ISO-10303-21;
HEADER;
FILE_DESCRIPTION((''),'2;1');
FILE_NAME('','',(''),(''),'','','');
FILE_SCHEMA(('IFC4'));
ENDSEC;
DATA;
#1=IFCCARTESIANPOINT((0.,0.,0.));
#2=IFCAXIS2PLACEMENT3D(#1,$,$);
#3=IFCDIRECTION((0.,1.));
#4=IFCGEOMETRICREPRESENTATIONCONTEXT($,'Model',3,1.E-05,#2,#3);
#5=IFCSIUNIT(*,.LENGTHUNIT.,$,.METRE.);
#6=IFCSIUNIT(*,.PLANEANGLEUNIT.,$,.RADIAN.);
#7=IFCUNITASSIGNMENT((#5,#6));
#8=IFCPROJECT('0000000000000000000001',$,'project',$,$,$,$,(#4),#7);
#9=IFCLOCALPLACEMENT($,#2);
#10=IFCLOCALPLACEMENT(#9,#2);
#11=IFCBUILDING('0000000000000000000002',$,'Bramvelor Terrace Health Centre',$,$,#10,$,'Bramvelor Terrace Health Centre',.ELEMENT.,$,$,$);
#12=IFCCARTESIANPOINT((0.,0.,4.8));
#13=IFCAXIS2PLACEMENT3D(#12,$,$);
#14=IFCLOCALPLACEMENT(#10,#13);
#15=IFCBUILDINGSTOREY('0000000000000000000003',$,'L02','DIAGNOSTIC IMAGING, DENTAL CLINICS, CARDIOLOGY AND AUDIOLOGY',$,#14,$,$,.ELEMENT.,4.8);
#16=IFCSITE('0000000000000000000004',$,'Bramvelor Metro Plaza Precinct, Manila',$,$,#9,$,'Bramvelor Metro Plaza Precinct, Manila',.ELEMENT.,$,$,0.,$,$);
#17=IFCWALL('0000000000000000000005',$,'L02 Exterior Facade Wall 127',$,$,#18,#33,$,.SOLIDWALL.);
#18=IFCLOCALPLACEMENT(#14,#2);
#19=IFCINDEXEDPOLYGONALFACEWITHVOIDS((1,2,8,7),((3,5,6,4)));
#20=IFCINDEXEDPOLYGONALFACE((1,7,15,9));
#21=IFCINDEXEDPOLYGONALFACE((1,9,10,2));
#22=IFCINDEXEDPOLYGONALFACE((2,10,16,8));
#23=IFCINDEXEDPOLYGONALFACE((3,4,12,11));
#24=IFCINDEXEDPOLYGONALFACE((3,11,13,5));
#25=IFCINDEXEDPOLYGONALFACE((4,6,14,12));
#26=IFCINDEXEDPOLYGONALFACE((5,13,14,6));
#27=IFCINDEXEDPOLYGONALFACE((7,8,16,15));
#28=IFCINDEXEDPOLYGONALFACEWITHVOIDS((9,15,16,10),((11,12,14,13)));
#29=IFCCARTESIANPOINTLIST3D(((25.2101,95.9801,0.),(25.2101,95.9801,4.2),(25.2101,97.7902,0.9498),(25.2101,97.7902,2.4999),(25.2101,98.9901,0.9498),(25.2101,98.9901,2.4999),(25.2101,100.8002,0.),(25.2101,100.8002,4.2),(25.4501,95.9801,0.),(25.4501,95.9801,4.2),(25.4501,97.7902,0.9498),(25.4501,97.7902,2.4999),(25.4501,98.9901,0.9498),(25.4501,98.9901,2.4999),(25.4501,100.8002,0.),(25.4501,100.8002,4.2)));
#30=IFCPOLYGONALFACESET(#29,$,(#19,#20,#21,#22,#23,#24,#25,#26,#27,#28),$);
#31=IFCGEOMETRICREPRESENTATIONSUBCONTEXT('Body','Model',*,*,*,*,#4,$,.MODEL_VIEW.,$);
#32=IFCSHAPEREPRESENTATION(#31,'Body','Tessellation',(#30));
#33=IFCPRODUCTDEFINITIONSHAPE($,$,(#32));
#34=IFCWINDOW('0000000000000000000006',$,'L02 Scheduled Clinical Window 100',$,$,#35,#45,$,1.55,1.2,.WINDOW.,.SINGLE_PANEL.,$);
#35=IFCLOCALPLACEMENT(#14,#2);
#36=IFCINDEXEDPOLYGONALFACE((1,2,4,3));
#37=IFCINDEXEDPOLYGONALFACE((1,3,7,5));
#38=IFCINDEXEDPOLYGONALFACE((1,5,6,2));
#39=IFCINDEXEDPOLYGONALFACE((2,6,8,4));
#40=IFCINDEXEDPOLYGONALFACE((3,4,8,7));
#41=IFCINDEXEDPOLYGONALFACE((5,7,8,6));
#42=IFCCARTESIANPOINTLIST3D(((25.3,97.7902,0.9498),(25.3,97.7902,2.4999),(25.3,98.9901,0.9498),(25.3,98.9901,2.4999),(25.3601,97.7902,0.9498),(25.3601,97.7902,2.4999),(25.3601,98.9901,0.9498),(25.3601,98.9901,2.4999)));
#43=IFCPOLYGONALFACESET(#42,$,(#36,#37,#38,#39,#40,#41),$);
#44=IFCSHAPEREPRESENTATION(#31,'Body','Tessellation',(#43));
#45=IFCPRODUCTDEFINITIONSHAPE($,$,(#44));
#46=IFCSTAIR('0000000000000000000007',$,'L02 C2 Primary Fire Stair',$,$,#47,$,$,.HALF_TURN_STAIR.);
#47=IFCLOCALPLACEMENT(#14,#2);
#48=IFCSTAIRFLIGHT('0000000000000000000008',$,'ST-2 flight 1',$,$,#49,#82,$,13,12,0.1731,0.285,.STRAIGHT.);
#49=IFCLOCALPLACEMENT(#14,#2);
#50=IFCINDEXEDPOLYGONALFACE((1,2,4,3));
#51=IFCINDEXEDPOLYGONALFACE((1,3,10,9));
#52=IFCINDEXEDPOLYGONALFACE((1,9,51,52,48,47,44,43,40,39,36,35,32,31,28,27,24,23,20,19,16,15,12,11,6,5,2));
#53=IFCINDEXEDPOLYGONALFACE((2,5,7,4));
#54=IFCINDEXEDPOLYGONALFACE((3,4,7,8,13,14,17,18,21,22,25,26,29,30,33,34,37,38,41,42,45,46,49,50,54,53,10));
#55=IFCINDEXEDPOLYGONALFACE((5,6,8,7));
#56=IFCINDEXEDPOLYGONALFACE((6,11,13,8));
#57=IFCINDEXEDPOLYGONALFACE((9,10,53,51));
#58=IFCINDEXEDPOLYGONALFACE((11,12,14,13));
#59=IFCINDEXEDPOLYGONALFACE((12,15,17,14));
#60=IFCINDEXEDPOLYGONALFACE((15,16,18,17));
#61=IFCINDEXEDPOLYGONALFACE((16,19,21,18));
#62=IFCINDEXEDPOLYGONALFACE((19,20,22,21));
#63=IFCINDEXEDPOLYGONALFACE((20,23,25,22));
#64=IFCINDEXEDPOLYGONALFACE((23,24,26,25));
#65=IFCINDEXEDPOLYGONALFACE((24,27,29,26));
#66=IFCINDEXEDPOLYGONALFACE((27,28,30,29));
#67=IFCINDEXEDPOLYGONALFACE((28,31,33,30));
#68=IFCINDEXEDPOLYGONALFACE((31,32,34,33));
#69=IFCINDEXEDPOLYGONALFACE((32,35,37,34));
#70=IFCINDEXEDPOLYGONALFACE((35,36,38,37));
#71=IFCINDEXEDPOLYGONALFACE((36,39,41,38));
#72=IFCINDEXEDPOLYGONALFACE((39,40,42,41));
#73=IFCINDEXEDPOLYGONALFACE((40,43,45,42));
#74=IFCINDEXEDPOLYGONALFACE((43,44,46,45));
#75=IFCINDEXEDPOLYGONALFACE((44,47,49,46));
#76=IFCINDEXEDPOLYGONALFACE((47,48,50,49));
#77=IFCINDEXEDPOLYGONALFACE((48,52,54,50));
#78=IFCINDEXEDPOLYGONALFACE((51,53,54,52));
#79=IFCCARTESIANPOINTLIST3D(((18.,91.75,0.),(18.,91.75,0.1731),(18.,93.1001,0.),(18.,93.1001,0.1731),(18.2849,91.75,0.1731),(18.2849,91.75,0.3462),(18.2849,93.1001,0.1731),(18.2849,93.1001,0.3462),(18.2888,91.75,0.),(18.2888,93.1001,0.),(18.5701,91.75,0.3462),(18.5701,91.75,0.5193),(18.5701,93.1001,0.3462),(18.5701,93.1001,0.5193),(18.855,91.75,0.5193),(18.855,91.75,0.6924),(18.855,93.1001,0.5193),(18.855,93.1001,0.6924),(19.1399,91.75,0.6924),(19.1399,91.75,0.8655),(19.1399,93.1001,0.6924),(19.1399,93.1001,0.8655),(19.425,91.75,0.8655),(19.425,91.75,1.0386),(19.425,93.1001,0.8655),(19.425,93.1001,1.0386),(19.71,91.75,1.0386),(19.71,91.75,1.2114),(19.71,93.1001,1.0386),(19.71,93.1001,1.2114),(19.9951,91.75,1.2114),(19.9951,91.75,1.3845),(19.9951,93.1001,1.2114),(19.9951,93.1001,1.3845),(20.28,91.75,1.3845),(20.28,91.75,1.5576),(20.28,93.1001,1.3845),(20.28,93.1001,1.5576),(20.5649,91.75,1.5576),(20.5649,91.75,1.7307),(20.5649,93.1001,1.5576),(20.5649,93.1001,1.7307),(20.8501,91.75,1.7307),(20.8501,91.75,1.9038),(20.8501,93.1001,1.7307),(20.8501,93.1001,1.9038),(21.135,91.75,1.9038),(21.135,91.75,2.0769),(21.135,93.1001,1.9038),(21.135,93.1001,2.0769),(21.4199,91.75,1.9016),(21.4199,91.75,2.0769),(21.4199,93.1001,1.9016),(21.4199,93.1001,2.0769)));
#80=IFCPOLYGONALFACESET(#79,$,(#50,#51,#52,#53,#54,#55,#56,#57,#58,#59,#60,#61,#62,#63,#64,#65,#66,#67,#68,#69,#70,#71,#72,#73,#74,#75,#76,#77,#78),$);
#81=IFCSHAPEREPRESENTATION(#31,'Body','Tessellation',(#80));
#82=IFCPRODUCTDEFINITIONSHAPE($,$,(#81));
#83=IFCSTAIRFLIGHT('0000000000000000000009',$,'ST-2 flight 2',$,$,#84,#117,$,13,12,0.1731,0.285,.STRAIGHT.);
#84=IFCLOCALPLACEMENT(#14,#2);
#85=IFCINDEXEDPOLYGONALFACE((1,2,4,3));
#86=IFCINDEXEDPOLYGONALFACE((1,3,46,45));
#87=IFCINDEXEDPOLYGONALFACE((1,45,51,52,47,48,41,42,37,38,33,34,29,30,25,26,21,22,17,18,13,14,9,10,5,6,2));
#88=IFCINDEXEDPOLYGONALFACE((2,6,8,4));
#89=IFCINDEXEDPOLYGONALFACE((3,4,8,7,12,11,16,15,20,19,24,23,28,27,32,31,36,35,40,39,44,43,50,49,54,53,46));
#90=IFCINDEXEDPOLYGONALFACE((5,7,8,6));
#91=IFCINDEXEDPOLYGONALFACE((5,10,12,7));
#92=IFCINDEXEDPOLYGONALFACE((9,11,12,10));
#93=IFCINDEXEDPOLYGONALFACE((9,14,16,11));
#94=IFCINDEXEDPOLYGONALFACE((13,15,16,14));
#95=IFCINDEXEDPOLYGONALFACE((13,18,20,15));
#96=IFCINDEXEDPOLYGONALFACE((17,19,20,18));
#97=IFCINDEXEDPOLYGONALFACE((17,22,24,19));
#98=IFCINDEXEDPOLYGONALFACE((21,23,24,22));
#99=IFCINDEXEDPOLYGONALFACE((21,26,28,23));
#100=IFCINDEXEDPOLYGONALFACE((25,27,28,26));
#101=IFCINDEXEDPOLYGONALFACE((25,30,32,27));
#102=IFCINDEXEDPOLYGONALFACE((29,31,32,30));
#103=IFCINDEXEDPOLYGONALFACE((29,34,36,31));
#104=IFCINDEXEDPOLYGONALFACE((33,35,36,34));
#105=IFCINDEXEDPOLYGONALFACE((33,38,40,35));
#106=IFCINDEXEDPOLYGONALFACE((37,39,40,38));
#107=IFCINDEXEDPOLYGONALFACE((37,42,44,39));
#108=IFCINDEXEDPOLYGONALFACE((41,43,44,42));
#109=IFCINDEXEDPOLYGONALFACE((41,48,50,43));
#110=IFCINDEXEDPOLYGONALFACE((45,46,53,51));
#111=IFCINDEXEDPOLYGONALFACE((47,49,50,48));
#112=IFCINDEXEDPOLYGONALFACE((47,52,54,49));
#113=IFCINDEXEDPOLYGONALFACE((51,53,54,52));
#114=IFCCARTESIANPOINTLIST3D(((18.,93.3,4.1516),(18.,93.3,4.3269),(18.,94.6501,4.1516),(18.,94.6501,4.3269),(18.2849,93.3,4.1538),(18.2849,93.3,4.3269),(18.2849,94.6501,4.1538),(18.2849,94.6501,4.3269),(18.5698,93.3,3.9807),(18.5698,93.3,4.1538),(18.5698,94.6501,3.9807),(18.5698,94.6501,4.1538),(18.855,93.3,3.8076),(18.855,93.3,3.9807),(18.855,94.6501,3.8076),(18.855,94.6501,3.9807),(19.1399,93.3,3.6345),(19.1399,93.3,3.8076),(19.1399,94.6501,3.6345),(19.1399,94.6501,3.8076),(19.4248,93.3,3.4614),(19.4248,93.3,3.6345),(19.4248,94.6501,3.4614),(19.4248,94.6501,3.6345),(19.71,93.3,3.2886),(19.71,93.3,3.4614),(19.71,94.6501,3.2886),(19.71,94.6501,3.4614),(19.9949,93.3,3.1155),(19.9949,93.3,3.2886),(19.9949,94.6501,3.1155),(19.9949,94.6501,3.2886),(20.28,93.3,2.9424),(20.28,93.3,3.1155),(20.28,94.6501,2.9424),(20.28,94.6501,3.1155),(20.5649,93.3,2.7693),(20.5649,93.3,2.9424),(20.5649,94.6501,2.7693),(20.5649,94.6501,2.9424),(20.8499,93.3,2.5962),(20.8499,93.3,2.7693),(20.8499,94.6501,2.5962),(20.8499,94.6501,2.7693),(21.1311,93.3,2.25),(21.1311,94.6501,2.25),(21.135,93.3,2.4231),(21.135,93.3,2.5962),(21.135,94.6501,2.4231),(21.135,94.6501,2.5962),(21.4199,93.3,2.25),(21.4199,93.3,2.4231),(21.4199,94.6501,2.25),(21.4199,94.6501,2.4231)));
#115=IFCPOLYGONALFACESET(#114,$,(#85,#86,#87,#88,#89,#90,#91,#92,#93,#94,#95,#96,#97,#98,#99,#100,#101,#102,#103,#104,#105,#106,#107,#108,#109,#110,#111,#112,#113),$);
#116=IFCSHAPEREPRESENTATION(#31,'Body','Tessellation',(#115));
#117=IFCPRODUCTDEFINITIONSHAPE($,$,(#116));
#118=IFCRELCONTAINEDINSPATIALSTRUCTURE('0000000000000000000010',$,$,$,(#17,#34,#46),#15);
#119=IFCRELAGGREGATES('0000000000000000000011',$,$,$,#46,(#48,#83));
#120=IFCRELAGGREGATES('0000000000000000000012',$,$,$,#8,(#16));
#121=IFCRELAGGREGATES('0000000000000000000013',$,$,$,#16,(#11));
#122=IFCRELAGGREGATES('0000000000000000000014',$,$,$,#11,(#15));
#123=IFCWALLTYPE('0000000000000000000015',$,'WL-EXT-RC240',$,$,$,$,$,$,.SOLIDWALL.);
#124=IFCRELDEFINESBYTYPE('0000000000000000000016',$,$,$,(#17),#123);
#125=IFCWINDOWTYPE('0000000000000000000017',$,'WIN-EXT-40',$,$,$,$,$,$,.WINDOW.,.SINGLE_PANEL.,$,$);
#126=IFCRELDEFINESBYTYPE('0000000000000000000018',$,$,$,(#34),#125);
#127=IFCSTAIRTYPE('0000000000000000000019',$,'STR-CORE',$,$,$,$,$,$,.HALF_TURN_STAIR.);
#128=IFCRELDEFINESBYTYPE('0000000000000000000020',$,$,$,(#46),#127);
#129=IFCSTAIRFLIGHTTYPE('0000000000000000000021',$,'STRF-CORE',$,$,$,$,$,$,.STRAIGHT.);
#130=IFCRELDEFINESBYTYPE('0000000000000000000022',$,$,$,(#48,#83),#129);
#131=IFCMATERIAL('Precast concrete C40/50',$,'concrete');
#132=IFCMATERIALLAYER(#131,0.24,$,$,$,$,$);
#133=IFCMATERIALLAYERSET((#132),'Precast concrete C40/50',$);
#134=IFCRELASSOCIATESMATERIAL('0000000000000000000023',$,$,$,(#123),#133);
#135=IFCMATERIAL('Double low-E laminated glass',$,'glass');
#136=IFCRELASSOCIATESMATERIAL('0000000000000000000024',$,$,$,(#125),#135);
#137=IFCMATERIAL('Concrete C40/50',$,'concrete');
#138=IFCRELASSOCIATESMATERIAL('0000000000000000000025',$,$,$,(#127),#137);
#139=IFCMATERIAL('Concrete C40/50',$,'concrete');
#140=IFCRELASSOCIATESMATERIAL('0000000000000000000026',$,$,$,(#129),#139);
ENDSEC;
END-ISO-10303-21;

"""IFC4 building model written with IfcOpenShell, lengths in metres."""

from ifc_helpers import new_model, si_unit, direction, frame, frame_2d, origin, place, context, subcontext, project, spatial, polyline, rectangle, outline, extrude, material, layer, layer_set, type_object, element, fill, aggregate, save


model = new_model("IFC4")

# Units and contexts
model_context = context("Model", 3, precision=1e-05, world=origin(), true_north=direction((0.0, 1.0)))
body_context = subcontext(model_context, "Body", "Model", "MODEL_VIEW")
ifc_project = project(units=[si_unit("LENGTHUNIT", "METRE"), si_unit("PLANEANGLEUNIT", "RADIAN")], contexts=[model_context])

# Site, building, storey
site_placement = place(None, origin())
site = spatial("IfcSite", under=ifc_project, at=site_placement, Name="Bramvelor Metro Plaza Precinct, Manila", LongName="Bramvelor Metro Plaza Precinct, Manila", CompositionType="ELEMENT", RefElevation=0.0)
building_placement = place(site_placement, origin())
building = spatial("IfcBuilding", under=site, at=building_placement, Name="Bramvelor Terrace Health Centre", LongName="Bramvelor Terrace Health Centre", CompositionType="ELEMENT")
storey_placement = place(building_placement, frame((0.0, 0.0, 4.8)))
storey = spatial("IfcBuildingStorey", under=building, at=storey_placement, Name="L02", Description="DIAGNOSTIC IMAGING, DENTAL CLINICS, CARDIOLOGY AND AUDIOLOGY", CompositionType="ELEMENT", Elevation=4.8)

# Shared definitions
ifc_material_1 = material(Name="Precast concrete C40/50", Category="concrete")
ifc_layer_1 = layer(ifc_material_1, 0.24)
ifc_layer_set_1 = layer_set([ifc_layer_1], Name="Precast concrete C40/50")
wall_type_1 = type_object("IfcWallType", Name="WL-EXT-RC240", PredefinedType="SOLIDWALL", material=ifc_layer_set_1)

# Wall, opening, window
wall_1_placement = place(storey_placement, frame((25.3301, 95.98, 0.0), z_axis=(0.0, 0.0, 1.0), x_axis=(0.0, 1.0, 0.0)))
wall_1 = element("IfcWall", 1, at=wall_1_placement, inside=storey, type_object=wall_type_1, Name="L02 Exterior Facade Wall 127", PredefinedType="SOLIDWALL", context=body_context, shape_type="SweptSolid", body=[
    extrude(rectangle(XDim=4.8201, YDim=0.24, at=frame_2d((2.4102, 0.0))), origin(), (0.0, 0.0, 1.0), 4.2),
])
opening_placement = place(wall_1_placement, frame((1.8101, 0.0, 0.95)))
opening = element("IfcOpeningElement", 2, at=opening_placement, cuts=wall_1, PredefinedType="OPENING", context=body_context, shape_type="SweptSolid", body=[
    extrude(rectangle(XDim=1.2, YDim=1.55, at=frame_2d((0.6001, 0.7749))), frame((0.0, 0.1299, 0.0), z_axis=(0.0, -1.0, 0.0), x_axis=(1.0, 0.0, 0.0)), (0.0, 0.0, 1.0), 0.26),
])
ifc_material_2 = material(Name="Double low-E laminated glass", Category="glass")
window_type = type_object("IfcWindowType", Name="WIN-EXT-40", PartitioningType="SINGLE_PANEL", PredefinedType="WINDOW", material=ifc_material_2)
window_placement = place(opening_placement, origin())
window = element("IfcWindow", 3, at=window_placement, inside=storey, type_object=window_type, Name="L02 Scheduled Clinical Window 100", OverallHeight=1.55, OverallWidth=1.2, PartitioningType="SINGLE_PANEL", PredefinedType="WINDOW", context=body_context, shape_type="SweptSolid", body=[
    extrude(rectangle(XDim=1.2, YDim=1.55, at=frame_2d((0.6001, 0.7749))), frame((0.0, 0.03, 0.0), z_axis=(0.0, -1.0, 0.0), x_axis=(1.0, 0.0, 0.0)), (0.0, 0.0, 1.0), 0.0601),
])
fill(opening, window)

# Stair, stair flights
ifc_material_3 = material(Name="Concrete C40/50", Category="concrete")
stair_type = type_object("IfcStairType", Name="STR-CORE", PredefinedType="HALF_TURN_STAIR", material=ifc_material_3)
stair_placement = place(storey_placement, origin())
stair = element("IfcStair", 4, at=stair_placement, inside=storey, type_object=stair_type, Name="L02 C2 Primary Fire Stair", PredefinedType="HALF_TURN_STAIR")
ifc_material_4 = material(Name="Concrete C40/50", Category="concrete")
stair_flight_type = type_object("IfcStairFlightType", Name="STRF-CORE", PredefinedType="STRAIGHT", material=ifc_material_4)
stair_flight_1_placement = place(storey_placement, frame((18.0, 92.425, 0.0), z_axis=(0.0, 0.0, 1.0), x_axis=(1.0, 0.0, 0.0)))
stair_flight_1 = element("IfcStairFlight", 5, at=stair_flight_1_placement, type_object=stair_flight_type, Name="ST-2 flight 1", NumberOfRisers=13, NumberOfTreads=12, PredefinedType="STRAIGHT", RiserHeight=0.1731, TreadLength=0.285, context=body_context, shape_type="SweptSolid", body=[
    extrude(outline(polyline([(0.0, 0.0), (0.0, 0.1731), (0.2849, 0.1731), (0.2849, 0.3462), (0.5701, 0.3462), (0.5701, 0.5193), (0.855, 0.5193), (0.855, 0.6924), (1.1399, 0.6924), (1.1399, 0.8655), (1.425, 0.8655), (1.425, 1.0386), (1.71, 1.0386), (1.71, 1.2114), (1.9951, 1.2114), (1.9951, 1.3845), (2.28, 1.3845), (2.28, 1.5576), (2.5649, 1.5576), (2.5649, 1.7307), (2.8501, 1.7307), (2.8501, 1.9038), (3.135, 1.9038), (3.135, 2.0769), (3.4199, 2.0769), (3.4199, 2.25), (3.4199, 1.9016), (0.2888, 0.0), (0.0, 0.0)])), frame((0.0, 0.675, 0.0), z_axis=(0.0, -1.0, 0.0), x_axis=(1.0, 0.0, 0.0)), (0.0, 0.0, 1.0), 1.3501),
])
stair_flight_2_placement = place(storey_placement, frame((21.4199, 93.9751, 2.25), z_axis=(0.0, 0.0, 1.0), x_axis=(-1.0, 0.0, 0.0)))
stair_flight_2 = element("IfcStairFlight", 6, at=stair_flight_2_placement, type_object=stair_flight_type, Name="ST-2 flight 2", NumberOfRisers=13, NumberOfTreads=12, PredefinedType="STRAIGHT", RiserHeight=0.1731, TreadLength=0.285, context=body_context, shape_type="SweptSolid", body=[
    extrude(outline(polyline([(0.0, 0.0), (0.0, 0.1731), (0.2849, 0.1731), (0.2849, 0.3462), (0.5701, 0.3462), (0.5701, 0.5193), (0.855, 0.5193), (0.855, 0.6924), (1.1399, 0.6924), (1.1399, 0.8655), (1.425, 0.8655), (1.425, 1.0386), (1.71, 1.0386), (1.71, 1.2114), (1.9951, 1.2114), (1.9951, 1.3845), (2.28, 1.3845), (2.28, 1.5576), (2.5649, 1.5576), (2.5649, 1.7307), (2.8501, 1.7307), (2.8501, 1.9038), (3.135, 1.9038), (3.135, 2.0769), (3.4199, 2.0769), (3.4199, 2.25), (3.4199, 1.9016), (0.2888, 0.0), (0.0, 0.0)])), frame((0.0, 0.675, 0.0), z_axis=(0.0, -1.0, 0.0), x_axis=(1.0, 0.0, 0.0)), (0.0, 0.0, 1.0), 1.3501),
])
aggregate(stair, [stair_flight_1, stair_flight_2])

save(model, "model.ifc")
